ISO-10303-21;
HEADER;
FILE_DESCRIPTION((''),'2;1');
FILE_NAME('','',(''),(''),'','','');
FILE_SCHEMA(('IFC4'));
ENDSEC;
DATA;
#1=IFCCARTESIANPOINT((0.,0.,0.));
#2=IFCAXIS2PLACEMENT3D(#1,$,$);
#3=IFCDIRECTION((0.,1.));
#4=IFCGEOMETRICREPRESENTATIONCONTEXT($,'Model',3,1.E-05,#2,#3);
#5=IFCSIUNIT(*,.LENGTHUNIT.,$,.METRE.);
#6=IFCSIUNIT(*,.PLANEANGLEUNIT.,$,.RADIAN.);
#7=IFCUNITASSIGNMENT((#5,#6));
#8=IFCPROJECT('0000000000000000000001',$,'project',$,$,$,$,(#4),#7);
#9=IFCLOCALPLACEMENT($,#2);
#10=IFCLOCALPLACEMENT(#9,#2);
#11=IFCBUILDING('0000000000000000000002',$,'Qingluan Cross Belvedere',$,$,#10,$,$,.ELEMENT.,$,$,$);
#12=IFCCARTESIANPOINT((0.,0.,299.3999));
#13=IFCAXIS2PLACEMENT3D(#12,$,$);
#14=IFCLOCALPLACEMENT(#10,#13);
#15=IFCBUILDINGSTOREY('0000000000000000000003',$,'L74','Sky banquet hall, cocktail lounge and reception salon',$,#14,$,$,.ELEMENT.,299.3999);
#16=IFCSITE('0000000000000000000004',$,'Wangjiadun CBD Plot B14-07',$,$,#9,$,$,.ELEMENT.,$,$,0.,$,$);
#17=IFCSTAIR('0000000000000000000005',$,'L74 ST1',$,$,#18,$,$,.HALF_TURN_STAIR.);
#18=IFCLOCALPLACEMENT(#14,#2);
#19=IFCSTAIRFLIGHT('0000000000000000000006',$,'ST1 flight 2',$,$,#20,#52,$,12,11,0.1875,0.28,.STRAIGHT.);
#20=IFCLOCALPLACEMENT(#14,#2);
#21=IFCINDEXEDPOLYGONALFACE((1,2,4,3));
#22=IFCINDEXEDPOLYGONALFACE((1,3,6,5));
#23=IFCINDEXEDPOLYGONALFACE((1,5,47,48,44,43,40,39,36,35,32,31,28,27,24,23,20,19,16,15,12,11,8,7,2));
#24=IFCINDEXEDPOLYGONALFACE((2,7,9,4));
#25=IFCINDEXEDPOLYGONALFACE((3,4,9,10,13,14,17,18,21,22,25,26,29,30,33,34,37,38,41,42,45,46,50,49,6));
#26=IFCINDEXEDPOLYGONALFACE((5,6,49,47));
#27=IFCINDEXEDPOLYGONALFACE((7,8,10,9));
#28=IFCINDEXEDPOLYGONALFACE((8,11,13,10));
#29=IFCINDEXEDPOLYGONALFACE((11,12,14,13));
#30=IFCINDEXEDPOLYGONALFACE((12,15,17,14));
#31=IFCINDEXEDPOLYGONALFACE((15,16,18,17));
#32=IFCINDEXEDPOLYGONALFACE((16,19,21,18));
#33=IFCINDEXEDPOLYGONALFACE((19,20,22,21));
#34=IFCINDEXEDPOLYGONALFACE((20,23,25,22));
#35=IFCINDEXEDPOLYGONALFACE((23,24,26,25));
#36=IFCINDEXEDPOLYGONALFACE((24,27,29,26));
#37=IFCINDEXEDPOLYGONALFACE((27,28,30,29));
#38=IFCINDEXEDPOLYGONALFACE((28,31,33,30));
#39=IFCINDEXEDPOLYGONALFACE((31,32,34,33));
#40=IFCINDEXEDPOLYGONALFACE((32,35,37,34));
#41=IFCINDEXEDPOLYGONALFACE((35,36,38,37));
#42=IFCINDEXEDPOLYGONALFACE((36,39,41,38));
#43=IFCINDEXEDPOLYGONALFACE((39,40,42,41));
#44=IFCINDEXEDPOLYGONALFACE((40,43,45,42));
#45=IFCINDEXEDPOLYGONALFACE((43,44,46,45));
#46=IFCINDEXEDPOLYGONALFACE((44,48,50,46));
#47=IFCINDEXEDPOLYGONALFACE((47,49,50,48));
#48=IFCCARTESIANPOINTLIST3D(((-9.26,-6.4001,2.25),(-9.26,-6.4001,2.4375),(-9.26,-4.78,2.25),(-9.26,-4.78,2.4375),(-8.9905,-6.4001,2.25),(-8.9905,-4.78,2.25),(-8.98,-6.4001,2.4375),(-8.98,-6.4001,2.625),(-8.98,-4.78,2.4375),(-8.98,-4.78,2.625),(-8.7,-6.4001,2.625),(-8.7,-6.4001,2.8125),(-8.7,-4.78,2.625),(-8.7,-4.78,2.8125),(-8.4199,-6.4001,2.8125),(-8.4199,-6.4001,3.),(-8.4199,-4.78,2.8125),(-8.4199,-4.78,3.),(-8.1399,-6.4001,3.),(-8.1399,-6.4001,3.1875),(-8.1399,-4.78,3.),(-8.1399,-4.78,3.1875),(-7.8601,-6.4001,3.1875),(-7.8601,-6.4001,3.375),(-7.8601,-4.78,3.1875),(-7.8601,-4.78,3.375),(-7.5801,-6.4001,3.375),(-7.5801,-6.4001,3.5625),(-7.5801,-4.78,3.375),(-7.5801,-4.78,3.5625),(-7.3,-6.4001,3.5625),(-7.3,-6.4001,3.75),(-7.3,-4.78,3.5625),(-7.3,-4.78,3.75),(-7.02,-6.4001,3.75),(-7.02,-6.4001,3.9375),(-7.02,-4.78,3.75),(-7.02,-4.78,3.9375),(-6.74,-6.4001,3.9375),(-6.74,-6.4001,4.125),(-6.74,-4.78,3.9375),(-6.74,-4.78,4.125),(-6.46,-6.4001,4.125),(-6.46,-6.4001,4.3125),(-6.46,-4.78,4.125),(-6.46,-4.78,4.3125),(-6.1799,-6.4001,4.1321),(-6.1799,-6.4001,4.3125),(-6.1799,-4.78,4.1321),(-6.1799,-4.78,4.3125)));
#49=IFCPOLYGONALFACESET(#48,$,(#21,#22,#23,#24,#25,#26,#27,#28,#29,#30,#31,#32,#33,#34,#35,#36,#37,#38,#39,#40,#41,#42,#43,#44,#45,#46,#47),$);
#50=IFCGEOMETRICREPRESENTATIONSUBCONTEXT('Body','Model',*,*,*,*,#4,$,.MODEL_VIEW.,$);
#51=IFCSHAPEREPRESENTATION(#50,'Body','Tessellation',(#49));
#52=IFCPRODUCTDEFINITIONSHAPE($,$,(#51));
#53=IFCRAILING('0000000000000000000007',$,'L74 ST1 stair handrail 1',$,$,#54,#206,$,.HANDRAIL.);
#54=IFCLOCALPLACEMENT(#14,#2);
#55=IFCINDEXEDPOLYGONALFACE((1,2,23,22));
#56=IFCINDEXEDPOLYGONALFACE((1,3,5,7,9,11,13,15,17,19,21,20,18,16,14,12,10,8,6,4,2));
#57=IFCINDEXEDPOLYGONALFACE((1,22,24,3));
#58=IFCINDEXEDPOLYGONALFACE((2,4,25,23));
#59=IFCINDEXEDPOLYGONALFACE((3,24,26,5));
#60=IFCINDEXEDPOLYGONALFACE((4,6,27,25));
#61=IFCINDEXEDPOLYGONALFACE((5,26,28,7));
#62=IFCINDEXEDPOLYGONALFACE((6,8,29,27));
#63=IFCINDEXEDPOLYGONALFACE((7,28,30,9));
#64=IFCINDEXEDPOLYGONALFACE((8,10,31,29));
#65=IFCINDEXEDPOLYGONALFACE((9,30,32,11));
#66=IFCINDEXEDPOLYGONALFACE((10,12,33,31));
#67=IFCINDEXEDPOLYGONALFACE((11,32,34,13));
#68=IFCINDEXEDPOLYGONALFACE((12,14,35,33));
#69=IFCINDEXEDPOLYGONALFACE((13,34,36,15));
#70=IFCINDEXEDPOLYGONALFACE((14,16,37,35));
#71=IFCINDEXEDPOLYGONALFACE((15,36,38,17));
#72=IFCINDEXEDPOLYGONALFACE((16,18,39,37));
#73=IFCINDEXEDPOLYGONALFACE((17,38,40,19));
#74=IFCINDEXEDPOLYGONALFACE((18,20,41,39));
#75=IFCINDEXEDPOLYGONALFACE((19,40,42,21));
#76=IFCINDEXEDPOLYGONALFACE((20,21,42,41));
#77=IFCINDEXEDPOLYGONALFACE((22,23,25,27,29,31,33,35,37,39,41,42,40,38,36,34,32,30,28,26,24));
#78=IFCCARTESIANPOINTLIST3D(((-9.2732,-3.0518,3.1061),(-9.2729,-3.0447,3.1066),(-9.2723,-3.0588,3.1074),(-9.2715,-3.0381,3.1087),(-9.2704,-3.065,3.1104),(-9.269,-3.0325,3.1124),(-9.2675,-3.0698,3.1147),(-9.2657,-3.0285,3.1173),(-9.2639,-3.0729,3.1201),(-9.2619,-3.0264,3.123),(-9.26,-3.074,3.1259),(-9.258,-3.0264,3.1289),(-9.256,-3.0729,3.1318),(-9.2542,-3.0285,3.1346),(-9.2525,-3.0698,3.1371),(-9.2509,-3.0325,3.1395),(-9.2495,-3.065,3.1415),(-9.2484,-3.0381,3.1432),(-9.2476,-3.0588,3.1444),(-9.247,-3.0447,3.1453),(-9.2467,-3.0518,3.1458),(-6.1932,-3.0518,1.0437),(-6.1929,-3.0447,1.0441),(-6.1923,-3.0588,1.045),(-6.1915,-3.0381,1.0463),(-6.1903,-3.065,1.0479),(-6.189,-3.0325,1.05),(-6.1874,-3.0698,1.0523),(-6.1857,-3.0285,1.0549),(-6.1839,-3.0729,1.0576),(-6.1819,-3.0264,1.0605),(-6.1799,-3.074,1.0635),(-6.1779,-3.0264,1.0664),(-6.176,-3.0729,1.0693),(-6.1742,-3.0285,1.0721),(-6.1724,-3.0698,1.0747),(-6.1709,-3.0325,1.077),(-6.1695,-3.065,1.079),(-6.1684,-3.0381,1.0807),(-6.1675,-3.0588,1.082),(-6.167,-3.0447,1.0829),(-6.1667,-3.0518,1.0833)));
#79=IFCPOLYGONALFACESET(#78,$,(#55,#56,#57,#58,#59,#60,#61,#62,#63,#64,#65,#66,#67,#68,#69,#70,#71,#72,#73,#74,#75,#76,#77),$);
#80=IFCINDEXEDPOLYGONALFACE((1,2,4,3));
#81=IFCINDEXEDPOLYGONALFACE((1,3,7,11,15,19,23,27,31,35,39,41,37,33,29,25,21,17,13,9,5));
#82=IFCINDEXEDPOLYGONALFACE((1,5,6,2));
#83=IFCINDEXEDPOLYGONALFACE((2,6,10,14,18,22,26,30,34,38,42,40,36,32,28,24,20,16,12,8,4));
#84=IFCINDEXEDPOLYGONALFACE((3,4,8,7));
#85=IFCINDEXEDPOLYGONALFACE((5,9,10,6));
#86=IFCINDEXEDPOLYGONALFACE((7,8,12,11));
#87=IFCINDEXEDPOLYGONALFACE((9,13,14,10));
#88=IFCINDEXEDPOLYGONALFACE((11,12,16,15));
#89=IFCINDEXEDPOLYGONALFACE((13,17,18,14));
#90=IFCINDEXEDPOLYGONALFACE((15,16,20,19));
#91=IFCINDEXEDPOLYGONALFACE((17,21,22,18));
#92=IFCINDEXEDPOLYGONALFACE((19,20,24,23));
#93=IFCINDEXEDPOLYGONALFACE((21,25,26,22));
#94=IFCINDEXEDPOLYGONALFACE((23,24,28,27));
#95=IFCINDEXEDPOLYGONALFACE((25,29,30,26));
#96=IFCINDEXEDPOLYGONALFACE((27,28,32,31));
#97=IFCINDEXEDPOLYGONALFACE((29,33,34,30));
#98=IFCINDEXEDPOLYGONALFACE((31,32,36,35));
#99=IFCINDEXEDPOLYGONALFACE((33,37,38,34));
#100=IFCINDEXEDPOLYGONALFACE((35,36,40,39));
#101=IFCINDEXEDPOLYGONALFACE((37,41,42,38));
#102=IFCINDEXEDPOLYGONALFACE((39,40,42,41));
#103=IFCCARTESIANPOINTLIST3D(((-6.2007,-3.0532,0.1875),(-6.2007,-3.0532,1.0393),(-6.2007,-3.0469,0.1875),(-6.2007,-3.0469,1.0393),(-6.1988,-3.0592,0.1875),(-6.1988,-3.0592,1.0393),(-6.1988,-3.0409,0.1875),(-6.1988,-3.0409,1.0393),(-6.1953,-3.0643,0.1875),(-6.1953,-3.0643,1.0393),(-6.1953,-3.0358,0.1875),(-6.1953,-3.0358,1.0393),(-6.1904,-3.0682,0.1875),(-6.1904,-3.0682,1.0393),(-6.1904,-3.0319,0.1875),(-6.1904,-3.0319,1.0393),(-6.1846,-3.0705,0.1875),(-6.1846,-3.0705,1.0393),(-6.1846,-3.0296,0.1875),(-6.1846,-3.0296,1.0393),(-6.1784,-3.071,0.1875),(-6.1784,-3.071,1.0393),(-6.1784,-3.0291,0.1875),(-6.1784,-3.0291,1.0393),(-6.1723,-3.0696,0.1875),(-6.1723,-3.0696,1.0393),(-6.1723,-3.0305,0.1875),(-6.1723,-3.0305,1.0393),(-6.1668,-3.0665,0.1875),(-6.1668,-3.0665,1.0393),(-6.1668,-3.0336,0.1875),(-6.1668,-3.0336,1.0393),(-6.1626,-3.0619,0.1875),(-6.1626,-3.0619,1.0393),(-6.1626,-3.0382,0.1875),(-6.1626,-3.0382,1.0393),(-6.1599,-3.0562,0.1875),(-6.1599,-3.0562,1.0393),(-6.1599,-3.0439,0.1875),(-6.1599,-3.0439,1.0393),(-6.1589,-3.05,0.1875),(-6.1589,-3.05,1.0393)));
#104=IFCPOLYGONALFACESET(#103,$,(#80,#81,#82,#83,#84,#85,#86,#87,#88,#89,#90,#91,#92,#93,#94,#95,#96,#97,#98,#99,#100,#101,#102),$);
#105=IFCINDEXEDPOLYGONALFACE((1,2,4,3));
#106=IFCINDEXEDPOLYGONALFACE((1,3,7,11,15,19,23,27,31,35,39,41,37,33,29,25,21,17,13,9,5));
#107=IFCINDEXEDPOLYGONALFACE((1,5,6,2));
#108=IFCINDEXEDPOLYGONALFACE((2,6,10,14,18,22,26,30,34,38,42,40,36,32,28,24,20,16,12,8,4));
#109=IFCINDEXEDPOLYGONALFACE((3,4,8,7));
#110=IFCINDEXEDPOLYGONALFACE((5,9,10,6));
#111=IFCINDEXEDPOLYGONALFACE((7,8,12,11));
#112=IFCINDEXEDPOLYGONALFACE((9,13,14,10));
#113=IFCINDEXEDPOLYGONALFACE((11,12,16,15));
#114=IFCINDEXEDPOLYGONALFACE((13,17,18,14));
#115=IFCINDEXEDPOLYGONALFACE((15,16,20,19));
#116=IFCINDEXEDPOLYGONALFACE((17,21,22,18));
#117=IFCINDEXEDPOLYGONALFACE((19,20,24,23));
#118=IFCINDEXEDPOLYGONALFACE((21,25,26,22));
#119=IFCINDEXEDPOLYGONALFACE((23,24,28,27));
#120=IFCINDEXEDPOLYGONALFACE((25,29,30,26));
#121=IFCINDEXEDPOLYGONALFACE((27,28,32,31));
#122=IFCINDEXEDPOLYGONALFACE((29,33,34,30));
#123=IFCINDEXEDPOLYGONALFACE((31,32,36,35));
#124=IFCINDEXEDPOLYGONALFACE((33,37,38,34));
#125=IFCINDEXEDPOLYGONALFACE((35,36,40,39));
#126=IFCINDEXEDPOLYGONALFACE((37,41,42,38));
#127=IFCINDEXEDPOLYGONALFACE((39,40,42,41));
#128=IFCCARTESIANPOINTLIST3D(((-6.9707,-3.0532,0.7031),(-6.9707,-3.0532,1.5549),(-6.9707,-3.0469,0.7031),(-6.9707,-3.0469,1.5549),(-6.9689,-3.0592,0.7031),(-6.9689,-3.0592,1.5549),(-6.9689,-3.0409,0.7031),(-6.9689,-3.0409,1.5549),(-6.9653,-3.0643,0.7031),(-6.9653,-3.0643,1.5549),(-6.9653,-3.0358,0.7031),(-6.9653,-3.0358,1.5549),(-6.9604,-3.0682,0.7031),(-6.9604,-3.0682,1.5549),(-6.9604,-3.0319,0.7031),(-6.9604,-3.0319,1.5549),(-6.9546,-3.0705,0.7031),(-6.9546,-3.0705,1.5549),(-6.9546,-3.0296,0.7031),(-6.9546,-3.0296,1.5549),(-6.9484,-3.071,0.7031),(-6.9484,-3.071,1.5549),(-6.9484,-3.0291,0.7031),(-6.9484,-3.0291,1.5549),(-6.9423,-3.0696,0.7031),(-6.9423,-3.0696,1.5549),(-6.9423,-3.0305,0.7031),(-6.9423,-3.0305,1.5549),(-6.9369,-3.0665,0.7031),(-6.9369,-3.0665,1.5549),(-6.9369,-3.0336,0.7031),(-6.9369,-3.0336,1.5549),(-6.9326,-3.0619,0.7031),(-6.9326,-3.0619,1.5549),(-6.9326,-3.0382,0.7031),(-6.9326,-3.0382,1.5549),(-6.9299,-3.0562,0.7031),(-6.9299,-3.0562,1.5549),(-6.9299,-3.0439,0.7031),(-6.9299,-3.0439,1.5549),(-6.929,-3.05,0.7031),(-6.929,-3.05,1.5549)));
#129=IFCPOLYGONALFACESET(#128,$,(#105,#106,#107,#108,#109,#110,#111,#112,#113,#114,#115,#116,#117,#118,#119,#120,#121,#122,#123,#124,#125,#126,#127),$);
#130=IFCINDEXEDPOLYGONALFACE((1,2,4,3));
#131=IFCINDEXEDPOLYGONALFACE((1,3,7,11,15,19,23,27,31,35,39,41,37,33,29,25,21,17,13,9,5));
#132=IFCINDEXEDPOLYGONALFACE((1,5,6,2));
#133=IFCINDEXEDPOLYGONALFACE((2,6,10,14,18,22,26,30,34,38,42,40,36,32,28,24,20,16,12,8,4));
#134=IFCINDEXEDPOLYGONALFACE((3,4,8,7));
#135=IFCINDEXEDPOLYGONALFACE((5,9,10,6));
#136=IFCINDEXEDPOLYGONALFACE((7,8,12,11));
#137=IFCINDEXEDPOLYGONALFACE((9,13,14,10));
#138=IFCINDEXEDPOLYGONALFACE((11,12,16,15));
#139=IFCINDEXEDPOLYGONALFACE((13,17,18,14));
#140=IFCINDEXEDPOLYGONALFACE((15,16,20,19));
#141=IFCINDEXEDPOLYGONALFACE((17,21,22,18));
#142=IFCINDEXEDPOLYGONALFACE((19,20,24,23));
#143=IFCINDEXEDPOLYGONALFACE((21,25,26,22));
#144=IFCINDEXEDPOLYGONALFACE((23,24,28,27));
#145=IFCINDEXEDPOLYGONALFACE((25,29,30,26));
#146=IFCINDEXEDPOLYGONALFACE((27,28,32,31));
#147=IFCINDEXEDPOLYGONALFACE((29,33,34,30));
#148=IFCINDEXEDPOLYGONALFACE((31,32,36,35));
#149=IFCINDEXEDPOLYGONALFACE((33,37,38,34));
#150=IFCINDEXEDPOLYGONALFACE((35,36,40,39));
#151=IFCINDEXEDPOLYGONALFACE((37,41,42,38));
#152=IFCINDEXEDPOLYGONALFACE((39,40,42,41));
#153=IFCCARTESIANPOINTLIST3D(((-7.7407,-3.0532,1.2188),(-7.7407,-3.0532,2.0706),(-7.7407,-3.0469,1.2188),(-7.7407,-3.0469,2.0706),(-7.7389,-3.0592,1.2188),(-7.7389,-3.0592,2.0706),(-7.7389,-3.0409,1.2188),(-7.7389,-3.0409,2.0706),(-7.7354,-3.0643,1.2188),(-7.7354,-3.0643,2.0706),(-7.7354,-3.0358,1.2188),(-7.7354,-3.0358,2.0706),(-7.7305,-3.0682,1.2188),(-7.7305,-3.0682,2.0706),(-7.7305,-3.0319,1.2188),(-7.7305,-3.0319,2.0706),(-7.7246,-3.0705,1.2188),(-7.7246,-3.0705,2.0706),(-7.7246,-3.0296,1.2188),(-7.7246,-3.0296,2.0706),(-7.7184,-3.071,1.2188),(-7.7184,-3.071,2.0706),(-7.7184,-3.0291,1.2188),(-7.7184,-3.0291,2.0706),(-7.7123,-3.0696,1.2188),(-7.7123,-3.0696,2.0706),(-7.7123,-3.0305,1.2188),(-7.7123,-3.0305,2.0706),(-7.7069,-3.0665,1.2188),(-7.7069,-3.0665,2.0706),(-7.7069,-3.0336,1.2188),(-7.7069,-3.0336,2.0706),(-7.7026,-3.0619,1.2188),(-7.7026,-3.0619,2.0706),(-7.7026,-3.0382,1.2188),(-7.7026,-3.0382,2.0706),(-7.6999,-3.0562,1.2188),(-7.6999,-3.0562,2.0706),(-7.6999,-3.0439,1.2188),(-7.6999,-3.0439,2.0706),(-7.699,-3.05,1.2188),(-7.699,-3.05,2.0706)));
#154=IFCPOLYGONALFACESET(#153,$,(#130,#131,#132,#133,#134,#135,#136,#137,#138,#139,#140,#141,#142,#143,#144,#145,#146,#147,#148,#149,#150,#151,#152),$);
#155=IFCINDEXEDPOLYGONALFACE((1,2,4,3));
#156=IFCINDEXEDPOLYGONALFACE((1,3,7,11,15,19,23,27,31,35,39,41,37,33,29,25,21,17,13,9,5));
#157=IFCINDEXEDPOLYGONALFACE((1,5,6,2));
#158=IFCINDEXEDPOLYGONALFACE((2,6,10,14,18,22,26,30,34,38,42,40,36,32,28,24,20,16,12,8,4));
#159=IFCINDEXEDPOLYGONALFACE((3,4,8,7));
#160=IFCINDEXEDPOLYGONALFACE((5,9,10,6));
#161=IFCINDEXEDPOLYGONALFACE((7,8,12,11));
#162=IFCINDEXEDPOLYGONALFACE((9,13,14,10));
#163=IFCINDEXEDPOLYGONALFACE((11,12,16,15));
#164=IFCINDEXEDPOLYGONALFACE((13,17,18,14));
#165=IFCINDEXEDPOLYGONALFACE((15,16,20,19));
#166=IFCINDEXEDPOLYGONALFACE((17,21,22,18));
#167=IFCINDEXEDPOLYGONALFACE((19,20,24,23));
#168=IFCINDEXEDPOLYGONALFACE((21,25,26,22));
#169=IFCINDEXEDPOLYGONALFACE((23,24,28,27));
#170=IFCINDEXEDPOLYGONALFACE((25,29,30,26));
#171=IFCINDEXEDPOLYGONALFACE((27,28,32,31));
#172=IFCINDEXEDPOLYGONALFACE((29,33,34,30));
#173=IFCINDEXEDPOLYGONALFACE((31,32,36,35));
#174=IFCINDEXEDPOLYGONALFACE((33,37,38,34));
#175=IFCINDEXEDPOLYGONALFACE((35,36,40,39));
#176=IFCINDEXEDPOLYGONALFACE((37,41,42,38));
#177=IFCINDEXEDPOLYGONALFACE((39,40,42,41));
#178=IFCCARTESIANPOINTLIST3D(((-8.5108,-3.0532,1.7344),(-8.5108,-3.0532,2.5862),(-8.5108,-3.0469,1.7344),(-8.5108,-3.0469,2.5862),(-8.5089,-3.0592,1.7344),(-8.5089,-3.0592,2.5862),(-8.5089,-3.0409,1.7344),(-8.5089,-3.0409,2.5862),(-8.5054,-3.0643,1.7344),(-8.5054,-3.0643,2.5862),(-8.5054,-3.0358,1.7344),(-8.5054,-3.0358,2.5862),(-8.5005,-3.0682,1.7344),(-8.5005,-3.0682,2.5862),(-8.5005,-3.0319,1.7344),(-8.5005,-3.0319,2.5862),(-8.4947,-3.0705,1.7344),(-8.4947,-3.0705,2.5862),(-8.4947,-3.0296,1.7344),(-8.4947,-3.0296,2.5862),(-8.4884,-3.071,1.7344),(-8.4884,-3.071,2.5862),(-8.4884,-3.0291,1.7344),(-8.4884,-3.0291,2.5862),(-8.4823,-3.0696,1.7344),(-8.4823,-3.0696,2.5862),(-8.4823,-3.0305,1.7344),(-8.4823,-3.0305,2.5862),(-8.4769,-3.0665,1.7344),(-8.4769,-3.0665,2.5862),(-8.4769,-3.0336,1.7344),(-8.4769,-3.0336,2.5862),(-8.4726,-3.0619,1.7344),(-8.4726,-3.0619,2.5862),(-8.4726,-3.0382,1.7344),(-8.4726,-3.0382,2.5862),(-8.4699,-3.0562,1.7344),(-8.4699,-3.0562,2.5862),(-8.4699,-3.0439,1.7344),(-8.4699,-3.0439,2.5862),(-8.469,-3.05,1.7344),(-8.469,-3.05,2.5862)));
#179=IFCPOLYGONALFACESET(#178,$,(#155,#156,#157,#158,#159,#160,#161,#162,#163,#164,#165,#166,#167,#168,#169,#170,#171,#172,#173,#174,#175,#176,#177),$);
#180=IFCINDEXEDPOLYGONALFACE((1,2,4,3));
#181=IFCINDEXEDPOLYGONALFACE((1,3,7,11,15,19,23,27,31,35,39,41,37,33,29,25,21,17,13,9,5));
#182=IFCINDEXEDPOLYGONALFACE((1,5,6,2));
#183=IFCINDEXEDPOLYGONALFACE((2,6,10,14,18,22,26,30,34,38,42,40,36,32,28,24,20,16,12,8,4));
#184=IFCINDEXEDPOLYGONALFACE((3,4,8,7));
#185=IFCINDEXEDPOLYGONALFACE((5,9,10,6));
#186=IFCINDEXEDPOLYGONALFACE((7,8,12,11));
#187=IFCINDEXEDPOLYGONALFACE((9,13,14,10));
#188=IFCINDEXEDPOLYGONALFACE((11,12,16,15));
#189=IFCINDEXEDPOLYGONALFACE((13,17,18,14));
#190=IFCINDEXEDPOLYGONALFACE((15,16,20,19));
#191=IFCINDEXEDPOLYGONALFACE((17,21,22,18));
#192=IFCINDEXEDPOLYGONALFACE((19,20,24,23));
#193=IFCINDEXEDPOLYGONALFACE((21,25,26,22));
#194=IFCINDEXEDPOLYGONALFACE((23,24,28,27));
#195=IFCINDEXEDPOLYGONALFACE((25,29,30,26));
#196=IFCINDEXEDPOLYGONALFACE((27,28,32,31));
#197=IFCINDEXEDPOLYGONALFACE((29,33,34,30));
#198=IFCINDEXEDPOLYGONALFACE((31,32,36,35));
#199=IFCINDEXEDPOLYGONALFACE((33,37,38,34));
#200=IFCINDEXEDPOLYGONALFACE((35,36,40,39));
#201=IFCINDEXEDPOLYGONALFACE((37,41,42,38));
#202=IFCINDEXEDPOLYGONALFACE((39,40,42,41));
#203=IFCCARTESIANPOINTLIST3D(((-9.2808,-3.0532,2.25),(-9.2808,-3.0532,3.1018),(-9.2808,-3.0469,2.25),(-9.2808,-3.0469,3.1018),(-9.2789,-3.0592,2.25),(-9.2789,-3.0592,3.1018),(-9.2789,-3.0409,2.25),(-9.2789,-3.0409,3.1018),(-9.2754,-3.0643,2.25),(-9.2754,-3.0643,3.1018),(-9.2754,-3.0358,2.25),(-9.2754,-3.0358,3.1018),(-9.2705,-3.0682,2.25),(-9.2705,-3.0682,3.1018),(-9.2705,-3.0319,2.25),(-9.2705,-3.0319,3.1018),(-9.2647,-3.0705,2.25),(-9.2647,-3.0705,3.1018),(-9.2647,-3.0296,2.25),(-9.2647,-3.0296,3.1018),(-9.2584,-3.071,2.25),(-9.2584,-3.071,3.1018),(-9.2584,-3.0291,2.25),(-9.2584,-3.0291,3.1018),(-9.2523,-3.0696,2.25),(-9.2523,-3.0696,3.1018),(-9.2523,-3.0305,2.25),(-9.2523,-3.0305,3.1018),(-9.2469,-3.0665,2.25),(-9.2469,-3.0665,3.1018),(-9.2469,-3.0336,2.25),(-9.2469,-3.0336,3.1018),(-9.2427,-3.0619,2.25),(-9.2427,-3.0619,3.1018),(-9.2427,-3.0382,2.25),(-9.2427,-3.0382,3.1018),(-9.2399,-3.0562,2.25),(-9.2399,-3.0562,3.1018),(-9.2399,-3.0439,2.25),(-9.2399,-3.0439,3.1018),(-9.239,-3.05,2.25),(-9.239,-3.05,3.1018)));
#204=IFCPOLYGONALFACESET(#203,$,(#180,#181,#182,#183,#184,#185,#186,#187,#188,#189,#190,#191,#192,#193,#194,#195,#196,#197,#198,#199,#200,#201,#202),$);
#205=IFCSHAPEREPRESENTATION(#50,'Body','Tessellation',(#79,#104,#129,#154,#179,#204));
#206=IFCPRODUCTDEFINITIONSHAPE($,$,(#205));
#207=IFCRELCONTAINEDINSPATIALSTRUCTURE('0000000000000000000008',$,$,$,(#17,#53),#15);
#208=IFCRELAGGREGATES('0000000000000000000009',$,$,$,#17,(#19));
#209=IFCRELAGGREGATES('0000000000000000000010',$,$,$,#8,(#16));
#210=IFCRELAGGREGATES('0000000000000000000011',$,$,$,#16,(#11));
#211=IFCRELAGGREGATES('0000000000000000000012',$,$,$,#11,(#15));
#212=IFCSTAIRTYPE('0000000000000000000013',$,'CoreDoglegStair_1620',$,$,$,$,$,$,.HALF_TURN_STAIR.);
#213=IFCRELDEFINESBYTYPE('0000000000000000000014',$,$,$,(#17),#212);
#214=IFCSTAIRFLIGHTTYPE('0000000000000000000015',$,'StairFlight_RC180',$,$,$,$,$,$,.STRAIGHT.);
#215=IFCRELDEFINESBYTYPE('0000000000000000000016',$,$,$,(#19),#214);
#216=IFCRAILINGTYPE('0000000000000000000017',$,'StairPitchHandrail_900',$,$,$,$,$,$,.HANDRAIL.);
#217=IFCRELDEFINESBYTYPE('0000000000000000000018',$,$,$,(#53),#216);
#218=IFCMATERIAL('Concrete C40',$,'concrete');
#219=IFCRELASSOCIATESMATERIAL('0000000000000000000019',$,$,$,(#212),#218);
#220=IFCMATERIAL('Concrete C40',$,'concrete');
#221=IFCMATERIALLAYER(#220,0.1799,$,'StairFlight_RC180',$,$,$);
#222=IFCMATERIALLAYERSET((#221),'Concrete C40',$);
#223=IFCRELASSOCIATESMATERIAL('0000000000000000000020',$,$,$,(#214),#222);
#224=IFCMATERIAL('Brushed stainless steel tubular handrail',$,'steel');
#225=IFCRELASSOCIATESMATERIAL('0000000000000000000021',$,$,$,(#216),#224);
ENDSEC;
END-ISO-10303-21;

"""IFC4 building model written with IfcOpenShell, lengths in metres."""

from ifc_helpers import new_model, si_unit, direction, frame, origin, origin_2d, place, context, subcontext, project, spatial, polyline, circle, outline, extrude, material, layer, layer_set, type_object, element, aggregate, save


model = new_model("IFC4")

# Units and contexts
model_context = context("Model", 3, precision=1e-05, world=origin(), true_north=direction((0.0, 1.0)))
body_context = subcontext(model_context, "Body", "Model", "MODEL_VIEW")
ifc_project = project(units=[si_unit("LENGTHUNIT", "METRE"), si_unit("PLANEANGLEUNIT", "RADIAN")], contexts=[model_context])

# Site, building, storey
site_placement = place(None, origin())
site = spatial("IfcSite", under=ifc_project, at=site_placement, Name="Wangjiadun CBD Plot B14-07", CompositionType="ELEMENT", RefElevation=0.0)
building_placement = place(site_placement, origin())
building = spatial("IfcBuilding", under=site, at=building_placement, Name="Qingluan Cross Belvedere", CompositionType="ELEMENT")
storey_placement = place(building_placement, frame((0.0, 0.0, 299.3999)))
storey = spatial("IfcBuildingStorey", under=building, at=storey_placement, Name="L74", Description="Sky banquet hall, cocktail lounge and reception salon", CompositionType="ELEMENT", Elevation=299.3999)

# Stair, stair flight
ifc_material_1 = material(Name="Concrete C40", Category="concrete")
stair_type = type_object("IfcStairType", Name="CoreDoglegStair_1620", PredefinedType="HALF_TURN_STAIR", material=ifc_material_1)
stair_placement = place(storey_placement, origin())
stair = element("IfcStair", 1, at=stair_placement, inside=storey, type_object=stair_type, Name="L74 ST1", PredefinedType="HALF_TURN_STAIR")
ifc_material_2 = material(Name="Concrete C40", Category="concrete")
ifc_layer_1 = layer(ifc_material_2, 0.1799, Name="StairFlight_RC180")
ifc_layer_set_1 = layer_set([ifc_layer_1], Name="Concrete C40")
stair_flight_type = type_object("IfcStairFlightType", Name="StairFlight_RC180", PredefinedType="STRAIGHT", material=ifc_layer_set_1)
stair_flight_1_placement = place(storey_placement, frame((-9.26, -5.5901, 2.25), z_axis=(0.0, 0.0, 1.0), x_axis=(1.0, 0.0, 0.0)))
stair_flight_1 = element("IfcStairFlight", 2, at=stair_flight_1_placement, type_object=stair_flight_type, Name="ST1 flight 2", NumberOfRisers=12, NumberOfTreads=11, PredefinedType="STRAIGHT", RiserHeight=0.1875, TreadLength=0.28, context=body_context, shape_type="SweptSolid", body=[
    extrude(outline(polyline([(0.0, 0.0), (0.0, 0.1875), (0.28, 0.1875), (0.28, 0.375), (0.5601, 0.375), (0.5601, 0.5625), (0.8401, 0.5625), (0.8401, 0.75), (1.1201, 0.75), (1.1201, 0.9375), (1.3999, 0.9375), (1.3999, 1.125), (1.6799, 1.125), (1.6799, 1.3125), (1.96, 1.3125), (1.96, 1.5), (2.24, 1.5), (2.24, 1.6875), (2.52, 1.6875), (2.52, 1.875), (2.8, 1.875), (2.8, 2.0625), (3.0801, 2.0625), (3.0801, 2.25), (3.0801, 1.8821), (0.2695, 0.0), (0.0, 0.0)])), frame((0.0, 0.8101, 0.0), z_axis=(0.0, -1.0, 0.0), x_axis=(1.0, 0.0, 0.0)), (0.0, 0.0, 1.0), 1.6201),
])
aggregate(stair, [stair_flight_1])

# Railing
ifc_material_3 = material(Name="Brushed stainless steel tubular handrail", Category="steel")
railing_type_1 = type_object("IfcRailingType", Name="StairPitchHandrail_900", PredefinedType="HANDRAIL", material=ifc_material_3)
railing_1_placement = place(storey_placement, frame((-6.1799, -3.05, 0.1875)))
element("IfcRailing", 3, at=railing_1_placement, inside=storey, type_object=railing_type_1, Name="L74 ST1 stair handrail 1", PredefinedType="HANDRAIL", context=body_context, shape_type="SweptSolid", body=[
    extrude(circle(Radius=0.0239, at=origin_2d()), frame((0.0, 0.0, 0.876), z_axis=(-0.830914, 0.0, 0.556401), x_axis=(0.0, -1.0, 0.0)), (0.0, 0.0, 1.0), 3.7068),
    extrude(circle(Radius=0.021, at=origin_2d()), origin(), (0.0, 0.0, 1.0), 0.8518),
    extrude(circle(Radius=0.021, at=origin_2d()), frame((-0.77, 0.0, 0.5156)), (0.0, 0.0, 1.0), 0.8518),
    extrude(circle(Radius=0.021, at=origin_2d()), frame((-1.54, 0.0, 1.0312)), (0.0, 0.0, 1.0), 0.8518),
    extrude(circle(Radius=0.021, at=origin_2d()), frame((-2.3101, 0.0, 1.5469)), (0.0, 0.0, 1.0), 0.8518),
    extrude(circle(Radius=0.021, at=origin_2d()), frame((-3.0801, 0.0, 2.0625)), (0.0, 0.0, 1.0), 0.8518),
])

save(model, "model.ifc")
